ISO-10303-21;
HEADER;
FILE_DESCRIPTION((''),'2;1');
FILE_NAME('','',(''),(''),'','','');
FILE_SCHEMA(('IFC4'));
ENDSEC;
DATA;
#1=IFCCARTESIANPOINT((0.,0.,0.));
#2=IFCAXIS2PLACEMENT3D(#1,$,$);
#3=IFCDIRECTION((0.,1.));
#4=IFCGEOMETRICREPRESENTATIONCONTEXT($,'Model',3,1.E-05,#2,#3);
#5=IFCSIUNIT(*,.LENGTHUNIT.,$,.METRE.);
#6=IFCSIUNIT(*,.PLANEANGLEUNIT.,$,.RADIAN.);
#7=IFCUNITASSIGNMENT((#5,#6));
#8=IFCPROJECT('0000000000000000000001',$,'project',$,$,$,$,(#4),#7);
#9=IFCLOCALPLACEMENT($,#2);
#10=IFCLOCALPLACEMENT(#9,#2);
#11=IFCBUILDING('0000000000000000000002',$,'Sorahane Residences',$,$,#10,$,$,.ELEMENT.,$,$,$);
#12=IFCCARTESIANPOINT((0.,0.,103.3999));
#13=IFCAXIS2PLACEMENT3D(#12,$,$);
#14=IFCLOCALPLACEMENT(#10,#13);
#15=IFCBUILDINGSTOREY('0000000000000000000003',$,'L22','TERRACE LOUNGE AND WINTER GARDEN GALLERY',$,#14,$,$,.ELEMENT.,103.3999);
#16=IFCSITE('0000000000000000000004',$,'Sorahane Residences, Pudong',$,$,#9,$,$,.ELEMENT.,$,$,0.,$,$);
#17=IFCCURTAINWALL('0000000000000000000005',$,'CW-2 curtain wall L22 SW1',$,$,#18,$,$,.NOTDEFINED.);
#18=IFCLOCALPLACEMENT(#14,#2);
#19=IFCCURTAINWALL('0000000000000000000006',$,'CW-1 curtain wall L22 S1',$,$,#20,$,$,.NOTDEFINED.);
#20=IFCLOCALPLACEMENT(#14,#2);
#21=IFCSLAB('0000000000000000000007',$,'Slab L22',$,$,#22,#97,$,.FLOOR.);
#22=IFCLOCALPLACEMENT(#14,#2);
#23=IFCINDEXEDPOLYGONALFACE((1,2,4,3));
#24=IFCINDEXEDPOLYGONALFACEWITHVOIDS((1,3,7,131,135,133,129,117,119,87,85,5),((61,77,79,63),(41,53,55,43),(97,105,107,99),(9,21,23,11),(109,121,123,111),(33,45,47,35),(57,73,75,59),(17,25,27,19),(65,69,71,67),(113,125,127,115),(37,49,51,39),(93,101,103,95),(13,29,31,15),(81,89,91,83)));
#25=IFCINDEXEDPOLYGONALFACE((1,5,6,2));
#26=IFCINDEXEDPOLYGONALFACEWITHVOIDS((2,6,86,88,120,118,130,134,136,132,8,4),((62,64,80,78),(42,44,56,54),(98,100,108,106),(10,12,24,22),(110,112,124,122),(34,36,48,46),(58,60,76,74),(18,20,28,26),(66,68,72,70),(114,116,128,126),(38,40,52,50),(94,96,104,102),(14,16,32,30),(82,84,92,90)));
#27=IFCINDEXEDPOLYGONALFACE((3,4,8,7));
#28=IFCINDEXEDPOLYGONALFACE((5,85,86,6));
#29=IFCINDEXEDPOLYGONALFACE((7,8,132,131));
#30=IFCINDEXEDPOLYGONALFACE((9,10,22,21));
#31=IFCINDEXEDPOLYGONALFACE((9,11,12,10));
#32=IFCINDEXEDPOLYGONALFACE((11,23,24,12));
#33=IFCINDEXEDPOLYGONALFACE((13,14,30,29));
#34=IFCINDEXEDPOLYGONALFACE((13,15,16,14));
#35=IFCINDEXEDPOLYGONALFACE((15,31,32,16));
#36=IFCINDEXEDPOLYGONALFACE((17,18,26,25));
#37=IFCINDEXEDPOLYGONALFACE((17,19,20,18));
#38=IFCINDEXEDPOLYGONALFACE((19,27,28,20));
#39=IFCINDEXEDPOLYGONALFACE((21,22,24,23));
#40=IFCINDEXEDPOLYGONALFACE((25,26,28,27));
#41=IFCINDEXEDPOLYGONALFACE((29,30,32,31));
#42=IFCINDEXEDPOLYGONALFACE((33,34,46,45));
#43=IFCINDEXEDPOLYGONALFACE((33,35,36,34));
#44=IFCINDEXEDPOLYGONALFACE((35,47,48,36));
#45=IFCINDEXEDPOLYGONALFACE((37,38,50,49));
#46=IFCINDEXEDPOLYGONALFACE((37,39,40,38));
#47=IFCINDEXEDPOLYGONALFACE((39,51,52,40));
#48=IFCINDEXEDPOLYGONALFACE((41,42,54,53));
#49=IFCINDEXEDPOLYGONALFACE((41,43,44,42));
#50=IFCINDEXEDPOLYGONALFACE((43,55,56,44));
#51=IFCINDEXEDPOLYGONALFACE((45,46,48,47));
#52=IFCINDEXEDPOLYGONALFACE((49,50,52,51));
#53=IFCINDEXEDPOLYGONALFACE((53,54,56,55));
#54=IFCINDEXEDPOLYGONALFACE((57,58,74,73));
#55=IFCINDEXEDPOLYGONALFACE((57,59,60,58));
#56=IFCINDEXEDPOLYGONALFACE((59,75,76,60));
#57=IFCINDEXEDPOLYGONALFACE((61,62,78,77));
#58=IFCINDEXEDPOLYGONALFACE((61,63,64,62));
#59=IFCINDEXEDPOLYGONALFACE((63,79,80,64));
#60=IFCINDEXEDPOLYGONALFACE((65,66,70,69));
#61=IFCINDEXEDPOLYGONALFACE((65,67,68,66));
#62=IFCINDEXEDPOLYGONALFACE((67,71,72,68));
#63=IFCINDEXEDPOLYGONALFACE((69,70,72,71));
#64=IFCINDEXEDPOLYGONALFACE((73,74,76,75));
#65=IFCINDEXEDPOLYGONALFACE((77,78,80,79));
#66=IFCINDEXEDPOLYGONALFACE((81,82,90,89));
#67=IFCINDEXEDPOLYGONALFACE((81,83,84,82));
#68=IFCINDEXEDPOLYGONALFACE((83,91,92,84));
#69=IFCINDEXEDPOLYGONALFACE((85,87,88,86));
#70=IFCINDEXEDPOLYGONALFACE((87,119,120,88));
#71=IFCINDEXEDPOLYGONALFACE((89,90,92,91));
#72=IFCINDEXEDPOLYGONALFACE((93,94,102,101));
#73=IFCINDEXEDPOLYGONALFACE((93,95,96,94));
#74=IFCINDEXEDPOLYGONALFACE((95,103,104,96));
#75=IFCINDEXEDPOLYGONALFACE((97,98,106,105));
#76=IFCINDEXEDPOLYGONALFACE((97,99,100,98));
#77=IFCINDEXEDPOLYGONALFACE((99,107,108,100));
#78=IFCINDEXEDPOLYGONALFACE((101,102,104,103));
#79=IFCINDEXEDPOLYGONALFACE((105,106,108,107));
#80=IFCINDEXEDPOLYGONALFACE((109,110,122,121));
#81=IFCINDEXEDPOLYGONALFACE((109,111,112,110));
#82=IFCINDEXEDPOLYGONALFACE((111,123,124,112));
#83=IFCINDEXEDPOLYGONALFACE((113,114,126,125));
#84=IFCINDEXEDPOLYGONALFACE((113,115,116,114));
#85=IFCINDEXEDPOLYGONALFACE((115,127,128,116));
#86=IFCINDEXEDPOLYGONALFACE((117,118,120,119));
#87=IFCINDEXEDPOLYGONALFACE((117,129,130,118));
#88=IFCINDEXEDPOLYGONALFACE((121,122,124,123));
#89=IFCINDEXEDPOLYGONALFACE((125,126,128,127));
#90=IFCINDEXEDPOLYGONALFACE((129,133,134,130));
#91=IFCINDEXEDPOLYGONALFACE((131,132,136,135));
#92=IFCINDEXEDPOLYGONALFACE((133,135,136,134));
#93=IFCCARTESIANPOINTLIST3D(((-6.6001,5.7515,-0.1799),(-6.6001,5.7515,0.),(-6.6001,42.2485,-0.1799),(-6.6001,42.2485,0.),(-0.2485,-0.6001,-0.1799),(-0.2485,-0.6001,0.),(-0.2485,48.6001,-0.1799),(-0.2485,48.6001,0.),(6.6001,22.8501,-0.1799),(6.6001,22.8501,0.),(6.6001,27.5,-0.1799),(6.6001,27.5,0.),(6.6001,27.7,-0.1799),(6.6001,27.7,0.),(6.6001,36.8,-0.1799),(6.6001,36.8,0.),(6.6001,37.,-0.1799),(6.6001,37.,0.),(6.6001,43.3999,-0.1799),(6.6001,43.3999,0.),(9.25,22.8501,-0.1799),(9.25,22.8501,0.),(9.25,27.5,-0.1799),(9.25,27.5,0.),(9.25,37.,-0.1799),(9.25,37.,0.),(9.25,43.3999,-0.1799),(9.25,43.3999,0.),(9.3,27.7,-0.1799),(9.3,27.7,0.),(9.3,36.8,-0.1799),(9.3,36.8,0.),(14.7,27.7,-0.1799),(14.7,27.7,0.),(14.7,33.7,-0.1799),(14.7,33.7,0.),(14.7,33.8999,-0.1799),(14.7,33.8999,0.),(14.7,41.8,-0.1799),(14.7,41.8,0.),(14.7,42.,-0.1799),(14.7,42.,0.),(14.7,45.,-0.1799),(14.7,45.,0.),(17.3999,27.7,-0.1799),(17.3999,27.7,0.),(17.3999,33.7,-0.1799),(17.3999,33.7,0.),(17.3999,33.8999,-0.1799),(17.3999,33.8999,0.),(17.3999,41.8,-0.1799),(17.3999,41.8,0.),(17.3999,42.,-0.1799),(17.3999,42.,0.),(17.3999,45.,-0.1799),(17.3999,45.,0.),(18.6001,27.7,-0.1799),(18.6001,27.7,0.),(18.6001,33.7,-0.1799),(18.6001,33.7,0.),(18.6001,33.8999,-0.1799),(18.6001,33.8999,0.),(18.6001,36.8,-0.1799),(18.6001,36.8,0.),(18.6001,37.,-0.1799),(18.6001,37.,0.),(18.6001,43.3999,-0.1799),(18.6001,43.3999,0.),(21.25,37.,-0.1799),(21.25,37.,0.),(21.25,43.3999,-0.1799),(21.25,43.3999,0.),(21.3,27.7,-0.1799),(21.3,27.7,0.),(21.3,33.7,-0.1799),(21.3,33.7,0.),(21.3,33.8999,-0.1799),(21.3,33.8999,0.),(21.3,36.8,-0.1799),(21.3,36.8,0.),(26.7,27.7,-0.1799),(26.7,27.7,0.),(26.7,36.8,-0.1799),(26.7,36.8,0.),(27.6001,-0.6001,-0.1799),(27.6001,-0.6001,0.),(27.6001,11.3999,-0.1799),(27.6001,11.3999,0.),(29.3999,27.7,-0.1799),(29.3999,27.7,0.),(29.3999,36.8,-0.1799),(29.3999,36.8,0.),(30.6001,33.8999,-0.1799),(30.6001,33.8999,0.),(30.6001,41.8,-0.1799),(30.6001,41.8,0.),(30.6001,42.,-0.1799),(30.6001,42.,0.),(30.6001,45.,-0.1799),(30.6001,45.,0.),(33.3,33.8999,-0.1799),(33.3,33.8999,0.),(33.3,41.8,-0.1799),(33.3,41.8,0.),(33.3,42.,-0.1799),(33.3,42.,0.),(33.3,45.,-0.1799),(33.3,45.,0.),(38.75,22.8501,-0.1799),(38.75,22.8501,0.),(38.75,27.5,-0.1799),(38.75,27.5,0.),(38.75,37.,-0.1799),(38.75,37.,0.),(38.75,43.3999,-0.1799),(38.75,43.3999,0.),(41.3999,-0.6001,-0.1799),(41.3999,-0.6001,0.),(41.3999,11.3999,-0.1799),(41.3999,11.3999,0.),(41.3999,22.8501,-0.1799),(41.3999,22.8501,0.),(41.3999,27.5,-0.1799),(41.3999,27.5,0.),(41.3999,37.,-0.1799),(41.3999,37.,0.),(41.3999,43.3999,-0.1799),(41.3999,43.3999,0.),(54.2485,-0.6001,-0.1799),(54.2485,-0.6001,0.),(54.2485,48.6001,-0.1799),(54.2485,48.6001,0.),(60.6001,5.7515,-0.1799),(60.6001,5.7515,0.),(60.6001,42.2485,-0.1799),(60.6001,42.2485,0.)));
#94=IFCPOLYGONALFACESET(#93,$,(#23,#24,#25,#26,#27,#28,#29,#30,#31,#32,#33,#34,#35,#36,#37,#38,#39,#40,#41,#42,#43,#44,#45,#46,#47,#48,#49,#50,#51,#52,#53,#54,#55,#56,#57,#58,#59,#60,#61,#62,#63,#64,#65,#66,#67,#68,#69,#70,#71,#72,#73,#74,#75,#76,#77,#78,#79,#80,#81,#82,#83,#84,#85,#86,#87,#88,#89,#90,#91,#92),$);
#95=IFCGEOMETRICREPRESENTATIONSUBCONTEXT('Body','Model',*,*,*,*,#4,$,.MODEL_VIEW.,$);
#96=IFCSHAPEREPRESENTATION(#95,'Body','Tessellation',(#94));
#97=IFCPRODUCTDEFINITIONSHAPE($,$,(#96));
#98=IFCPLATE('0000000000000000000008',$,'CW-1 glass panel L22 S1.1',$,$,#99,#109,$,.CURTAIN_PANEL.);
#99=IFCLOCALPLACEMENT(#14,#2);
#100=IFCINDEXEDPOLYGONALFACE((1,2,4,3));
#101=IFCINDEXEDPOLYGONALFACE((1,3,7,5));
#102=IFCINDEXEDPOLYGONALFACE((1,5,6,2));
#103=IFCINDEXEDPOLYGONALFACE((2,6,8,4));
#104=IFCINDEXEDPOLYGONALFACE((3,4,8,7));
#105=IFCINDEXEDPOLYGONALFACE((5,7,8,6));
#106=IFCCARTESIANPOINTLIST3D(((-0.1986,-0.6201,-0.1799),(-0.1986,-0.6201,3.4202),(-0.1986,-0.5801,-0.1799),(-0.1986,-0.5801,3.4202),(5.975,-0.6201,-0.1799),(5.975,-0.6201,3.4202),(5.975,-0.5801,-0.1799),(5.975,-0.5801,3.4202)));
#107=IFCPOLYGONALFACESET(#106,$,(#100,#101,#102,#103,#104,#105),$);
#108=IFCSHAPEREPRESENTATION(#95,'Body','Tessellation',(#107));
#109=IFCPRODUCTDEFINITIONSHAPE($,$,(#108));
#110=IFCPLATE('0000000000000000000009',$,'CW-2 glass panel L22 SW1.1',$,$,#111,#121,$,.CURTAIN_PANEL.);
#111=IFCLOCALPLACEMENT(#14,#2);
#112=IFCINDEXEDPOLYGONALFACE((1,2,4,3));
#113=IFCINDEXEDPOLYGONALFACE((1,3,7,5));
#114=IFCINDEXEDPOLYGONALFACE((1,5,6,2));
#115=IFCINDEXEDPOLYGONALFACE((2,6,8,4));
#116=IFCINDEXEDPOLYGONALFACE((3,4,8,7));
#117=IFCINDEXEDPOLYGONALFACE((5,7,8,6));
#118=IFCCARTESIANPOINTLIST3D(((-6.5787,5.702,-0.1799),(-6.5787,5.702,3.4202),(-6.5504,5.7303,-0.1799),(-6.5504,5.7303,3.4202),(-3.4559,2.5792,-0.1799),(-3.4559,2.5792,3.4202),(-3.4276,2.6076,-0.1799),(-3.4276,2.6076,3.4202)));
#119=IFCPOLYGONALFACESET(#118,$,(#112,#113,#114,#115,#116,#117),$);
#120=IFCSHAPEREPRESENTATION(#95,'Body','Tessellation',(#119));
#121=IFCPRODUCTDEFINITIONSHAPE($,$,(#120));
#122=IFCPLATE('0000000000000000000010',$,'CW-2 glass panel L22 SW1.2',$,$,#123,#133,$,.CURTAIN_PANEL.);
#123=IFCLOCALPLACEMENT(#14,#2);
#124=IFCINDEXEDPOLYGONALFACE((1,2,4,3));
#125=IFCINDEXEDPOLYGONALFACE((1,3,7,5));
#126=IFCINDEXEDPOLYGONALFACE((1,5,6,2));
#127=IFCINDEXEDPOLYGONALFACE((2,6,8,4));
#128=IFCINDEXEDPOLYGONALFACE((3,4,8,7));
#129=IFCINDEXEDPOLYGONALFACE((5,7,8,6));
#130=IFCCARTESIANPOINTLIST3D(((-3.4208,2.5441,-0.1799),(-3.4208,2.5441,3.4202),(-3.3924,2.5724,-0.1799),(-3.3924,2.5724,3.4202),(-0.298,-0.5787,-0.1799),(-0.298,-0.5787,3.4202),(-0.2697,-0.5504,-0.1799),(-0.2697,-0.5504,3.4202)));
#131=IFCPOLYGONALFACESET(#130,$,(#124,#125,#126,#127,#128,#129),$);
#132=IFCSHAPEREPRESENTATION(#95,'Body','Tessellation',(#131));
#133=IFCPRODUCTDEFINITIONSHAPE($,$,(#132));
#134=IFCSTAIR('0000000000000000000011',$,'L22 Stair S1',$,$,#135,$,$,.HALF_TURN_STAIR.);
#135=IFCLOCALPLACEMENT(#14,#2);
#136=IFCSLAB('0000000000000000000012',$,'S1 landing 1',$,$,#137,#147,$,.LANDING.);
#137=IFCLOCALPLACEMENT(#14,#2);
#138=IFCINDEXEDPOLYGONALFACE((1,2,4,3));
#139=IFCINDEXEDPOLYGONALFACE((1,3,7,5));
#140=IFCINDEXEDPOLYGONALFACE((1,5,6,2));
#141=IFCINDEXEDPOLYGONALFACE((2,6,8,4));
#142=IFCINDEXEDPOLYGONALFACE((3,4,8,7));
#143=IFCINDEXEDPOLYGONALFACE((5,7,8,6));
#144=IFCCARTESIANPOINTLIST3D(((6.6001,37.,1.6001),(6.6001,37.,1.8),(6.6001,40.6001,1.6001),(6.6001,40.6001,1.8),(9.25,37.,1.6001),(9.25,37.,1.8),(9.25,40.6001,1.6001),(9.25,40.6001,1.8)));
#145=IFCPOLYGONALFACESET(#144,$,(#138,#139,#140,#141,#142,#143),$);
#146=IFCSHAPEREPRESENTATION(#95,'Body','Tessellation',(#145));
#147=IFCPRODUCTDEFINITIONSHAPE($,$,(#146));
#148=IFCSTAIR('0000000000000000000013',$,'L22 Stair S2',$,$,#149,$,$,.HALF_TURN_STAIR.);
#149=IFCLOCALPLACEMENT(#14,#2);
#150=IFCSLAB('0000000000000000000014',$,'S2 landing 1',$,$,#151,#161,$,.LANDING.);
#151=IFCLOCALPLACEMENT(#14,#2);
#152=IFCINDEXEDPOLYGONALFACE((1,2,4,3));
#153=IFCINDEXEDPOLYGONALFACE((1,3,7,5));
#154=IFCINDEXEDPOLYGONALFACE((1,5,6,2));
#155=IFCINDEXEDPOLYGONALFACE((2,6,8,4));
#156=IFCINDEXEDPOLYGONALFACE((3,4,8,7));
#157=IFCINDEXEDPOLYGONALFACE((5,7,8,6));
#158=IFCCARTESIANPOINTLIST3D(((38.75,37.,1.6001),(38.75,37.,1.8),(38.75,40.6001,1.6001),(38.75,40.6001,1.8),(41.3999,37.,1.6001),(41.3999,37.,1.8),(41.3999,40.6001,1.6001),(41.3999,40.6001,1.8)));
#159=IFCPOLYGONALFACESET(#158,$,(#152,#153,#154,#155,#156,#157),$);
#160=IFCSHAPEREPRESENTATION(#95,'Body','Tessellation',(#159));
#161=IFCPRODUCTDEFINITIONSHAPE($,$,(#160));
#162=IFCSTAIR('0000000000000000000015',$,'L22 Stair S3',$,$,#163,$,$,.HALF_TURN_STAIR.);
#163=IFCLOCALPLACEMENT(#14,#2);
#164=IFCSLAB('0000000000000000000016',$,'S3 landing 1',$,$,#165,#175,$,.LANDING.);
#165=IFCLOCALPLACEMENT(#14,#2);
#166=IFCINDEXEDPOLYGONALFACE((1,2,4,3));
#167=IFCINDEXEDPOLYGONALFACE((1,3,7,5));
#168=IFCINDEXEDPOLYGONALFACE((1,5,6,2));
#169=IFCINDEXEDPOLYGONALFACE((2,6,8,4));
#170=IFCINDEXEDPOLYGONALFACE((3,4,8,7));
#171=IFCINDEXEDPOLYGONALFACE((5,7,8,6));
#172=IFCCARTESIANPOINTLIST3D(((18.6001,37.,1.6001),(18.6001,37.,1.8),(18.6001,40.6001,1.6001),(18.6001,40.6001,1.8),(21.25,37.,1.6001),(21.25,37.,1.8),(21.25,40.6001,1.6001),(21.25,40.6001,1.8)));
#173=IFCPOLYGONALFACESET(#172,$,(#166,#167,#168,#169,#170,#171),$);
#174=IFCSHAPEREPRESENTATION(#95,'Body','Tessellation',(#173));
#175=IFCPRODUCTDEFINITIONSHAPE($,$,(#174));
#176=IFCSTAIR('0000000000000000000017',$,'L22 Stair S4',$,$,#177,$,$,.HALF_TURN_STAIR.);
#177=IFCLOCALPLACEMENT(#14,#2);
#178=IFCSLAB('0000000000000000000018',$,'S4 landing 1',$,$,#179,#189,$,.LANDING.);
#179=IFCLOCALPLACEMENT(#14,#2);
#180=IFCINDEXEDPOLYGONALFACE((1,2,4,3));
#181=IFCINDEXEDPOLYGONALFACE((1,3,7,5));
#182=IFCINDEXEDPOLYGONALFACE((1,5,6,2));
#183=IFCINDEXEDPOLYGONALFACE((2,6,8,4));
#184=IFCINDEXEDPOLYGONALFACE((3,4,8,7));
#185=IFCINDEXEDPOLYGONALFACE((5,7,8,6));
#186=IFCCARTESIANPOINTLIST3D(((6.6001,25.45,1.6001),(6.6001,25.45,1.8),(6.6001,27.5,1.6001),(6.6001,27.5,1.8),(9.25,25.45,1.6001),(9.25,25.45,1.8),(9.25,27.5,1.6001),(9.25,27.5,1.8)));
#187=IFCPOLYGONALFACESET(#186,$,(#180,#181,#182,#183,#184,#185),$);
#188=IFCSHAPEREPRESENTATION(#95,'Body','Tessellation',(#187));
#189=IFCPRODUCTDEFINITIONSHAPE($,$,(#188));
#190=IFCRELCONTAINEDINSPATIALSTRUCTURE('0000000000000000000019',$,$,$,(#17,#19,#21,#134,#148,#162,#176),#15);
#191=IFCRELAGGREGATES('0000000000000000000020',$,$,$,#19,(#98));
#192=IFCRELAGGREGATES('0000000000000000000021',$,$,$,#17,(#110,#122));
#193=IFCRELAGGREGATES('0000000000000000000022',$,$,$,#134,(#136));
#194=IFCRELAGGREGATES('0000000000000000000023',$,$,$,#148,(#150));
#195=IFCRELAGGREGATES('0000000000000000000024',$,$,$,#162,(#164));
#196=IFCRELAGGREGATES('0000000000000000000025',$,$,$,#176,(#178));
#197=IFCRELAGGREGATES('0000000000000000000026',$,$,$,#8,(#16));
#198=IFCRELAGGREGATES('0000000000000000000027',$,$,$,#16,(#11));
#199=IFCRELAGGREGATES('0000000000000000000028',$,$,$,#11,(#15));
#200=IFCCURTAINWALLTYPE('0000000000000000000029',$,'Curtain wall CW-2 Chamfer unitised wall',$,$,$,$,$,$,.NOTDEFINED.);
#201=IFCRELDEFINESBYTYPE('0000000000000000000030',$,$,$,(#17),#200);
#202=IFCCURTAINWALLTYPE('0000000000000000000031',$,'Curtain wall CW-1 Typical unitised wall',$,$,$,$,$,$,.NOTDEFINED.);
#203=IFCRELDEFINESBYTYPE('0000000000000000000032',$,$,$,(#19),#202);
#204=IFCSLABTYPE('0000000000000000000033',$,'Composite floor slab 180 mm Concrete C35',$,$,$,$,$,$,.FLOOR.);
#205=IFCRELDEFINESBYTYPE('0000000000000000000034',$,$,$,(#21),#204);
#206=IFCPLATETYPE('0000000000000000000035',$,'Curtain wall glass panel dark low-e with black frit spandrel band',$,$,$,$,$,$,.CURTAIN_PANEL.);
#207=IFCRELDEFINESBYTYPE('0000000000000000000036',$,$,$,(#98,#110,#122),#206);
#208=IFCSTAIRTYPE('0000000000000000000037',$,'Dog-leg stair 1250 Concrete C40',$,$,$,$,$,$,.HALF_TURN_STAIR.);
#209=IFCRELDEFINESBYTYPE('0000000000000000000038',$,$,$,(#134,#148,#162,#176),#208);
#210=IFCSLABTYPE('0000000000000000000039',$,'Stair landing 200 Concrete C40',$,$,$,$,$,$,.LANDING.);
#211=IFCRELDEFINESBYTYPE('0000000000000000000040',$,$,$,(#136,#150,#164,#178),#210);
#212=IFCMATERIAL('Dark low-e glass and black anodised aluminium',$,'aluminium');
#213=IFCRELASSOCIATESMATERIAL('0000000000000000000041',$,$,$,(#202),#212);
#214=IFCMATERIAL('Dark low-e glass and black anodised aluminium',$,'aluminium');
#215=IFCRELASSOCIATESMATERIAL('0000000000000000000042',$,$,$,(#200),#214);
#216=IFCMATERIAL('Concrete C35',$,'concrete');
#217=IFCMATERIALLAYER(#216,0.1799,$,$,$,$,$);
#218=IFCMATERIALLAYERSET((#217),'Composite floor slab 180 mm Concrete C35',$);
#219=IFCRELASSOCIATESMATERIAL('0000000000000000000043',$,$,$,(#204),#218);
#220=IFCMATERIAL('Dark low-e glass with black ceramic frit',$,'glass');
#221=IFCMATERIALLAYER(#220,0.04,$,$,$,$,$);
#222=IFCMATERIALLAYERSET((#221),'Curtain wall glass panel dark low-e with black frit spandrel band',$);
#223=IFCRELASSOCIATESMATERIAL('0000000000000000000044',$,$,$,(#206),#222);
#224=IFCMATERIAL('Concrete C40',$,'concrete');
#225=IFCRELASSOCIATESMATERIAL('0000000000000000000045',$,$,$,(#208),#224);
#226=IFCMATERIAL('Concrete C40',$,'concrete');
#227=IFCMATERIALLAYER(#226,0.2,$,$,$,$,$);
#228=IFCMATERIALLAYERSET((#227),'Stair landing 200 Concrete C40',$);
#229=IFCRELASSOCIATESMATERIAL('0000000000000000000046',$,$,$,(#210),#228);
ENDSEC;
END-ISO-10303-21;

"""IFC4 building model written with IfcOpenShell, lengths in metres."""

from ifc_helpers import new_model, si_unit, direction, frame, origin, origin_2d, place, context, subcontext, project, spatial, polyline, rectangle, outline, extrude, material, layer, layer_set, type_object, element, aggregate, save


model = new_model("IFC4")

# Units and contexts
model_context = context("Model", 3, precision=1e-05, world=origin(), true_north=direction((0.0, 1.0)))
body_context = subcontext(model_context, "Body", "Model", "MODEL_VIEW")
ifc_project = project(units=[si_unit("LENGTHUNIT", "METRE"), si_unit("PLANEANGLEUNIT", "RADIAN")], contexts=[model_context])

# Site, building, storey
site_placement = place(None, origin())
site = spatial("IfcSite", under=ifc_project, at=site_placement, Name="Sorahane Residences, Pudong", CompositionType="ELEMENT", RefElevation=0.0)
building_placement = place(site_placement, origin())
building = spatial("IfcBuilding", under=site, at=building_placement, Name="Sorahane Residences", CompositionType="ELEMENT")
storey_placement = place(building_placement, frame((0.0, 0.0, 103.3999)))
storey = spatial("IfcBuildingStorey", under=building, at=storey_placement, Name="L22", Description="TERRACE LOUNGE AND WINTER GARDEN GALLERY", CompositionType="ELEMENT", Elevation=103.3999)

# Shared definitions
ifc_material_1 = material(Name="Dark low-e glass and black anodised aluminium", Category="aluminium")
curtain_wall_type_1 = type_object("IfcCurtainWallType", Name="Curtain wall CW-1 Typical unitised wall", PredefinedType="NOTDEFINED", material=ifc_material_1)

# Curtain wall
ifc_material_2 = material(Name="Dark low-e glass and black anodised aluminium", Category="aluminium")
curtain_wall_type_2 = type_object("IfcCurtainWallType", Name="Curtain wall CW-2 Chamfer unitised wall", PredefinedType="NOTDEFINED", material=ifc_material_2)
curtain_wall_1_placement = place(storey_placement, origin())
curtain_wall_1 = element("IfcCurtainWall", 1, at=curtain_wall_1_placement, inside=storey, type_object=curtain_wall_type_2, Name="CW-2 curtain wall L22 SW1", PredefinedType="NOTDEFINED")

# Curtain wall
curtain_wall_2_placement = place(storey_placement, origin())
curtain_wall_2 = element("IfcCurtainWall", 2, at=curtain_wall_2_placement, inside=storey, type_object=curtain_wall_type_1, Name="CW-1 curtain wall L22 S1", PredefinedType="NOTDEFINED")

# Slab
ifc_material_3 = material(Name="Concrete C35", Category="concrete")
ifc_layer_1 = layer(ifc_material_3, 0.1799)
ifc_layer_set_1 = layer_set([ifc_layer_1], Name="Composite floor slab 180 mm Concrete C35")
slab_type_1 = type_object("IfcSlabType", Name="Composite floor slab 180 mm Concrete C35", PredefinedType="FLOOR", material=ifc_layer_set_1)
slab_1_placement = place(storey_placement, frame((0.0, 0.0, -0.1799)))
element("IfcSlab", 3, at=slab_1_placement, inside=storey, type_object=slab_type_1, Name="Slab L22", PredefinedType="FLOOR", context=body_context, shape_type="SweptSolid", body=[
    extrude(outline(polyline([(-0.2485, -0.6001), (-6.6001, 5.7515), (-6.6001, 42.2485), (-0.2485, 48.6001), (54.2485, 48.6001), (60.6001, 42.2485), (60.6001, 5.7515), (54.2485, -0.6001), (41.3999, -0.6001), (41.3999, 11.3999), (27.6001, 11.3999), (27.6001, -0.6001), (-0.2485, -0.6001)]), holes=[polyline([(18.6001, 27.7), (21.3, 27.7), (21.3, 33.7), (18.6001, 33.7), (18.6001, 27.7)]), polyline([(30.6001, 42.0), (33.3, 42.0), (33.3, 45.0), (30.6001, 45.0), (30.6001, 42.0)]), polyline([(14.7, 27.7), (17.3999, 27.7), (17.3999, 33.7), (14.7, 33.7), (14.7, 27.7)]), polyline([(14.7, 42.0), (17.3999, 42.0), (17.3999, 45.0), (14.7, 45.0), (14.7, 42.0)]), polyline([(6.6001, 27.7), (9.3, 27.7), (9.3, 36.8), (6.6001, 36.8), (6.6001, 27.7)]), polyline([(6.6001, 43.3999), (6.6001, 37.0), (9.25, 37.0), (9.25, 43.3999), (6.6001, 43.3999)]), polyline([(38.75, 43.3999), (38.75, 37.0), (41.3999, 37.0), (41.3999, 43.3999), (38.75, 43.3999)]), polyline([(18.6001, 43.3999), (18.6001, 37.0), (21.25, 37.0), (21.25, 43.3999), (18.6001, 43.3999)]), polyline([(9.25, 22.8501), (9.25, 27.5), (6.6001, 27.5), (6.6001, 22.8501), (9.25, 22.8501)]), polyline([(41.3999, 22.8501), (41.3999, 27.5), (38.75, 27.5), (38.75, 22.8501), (41.3999, 22.8501)]), polyline([(14.7, 33.8999), (17.3999, 33.8999), (17.3999, 41.8), (14.7, 41.8), (14.7, 33.8999)]), polyline([(30.6001, 33.8999), (33.3, 33.8999), (33.3, 41.8), (30.6001, 41.8), (30.6001, 33.8999)]), polyline([(18.6001, 33.8999), (21.3, 33.8999), (21.3, 36.8), (18.6001, 36.8), (18.6001, 33.8999)]), polyline([(26.7, 27.7), (29.3999, 27.7), (29.3999, 36.8), (26.7, 36.8), (26.7, 27.7)])]), origin(), (0.0, 0.0, 1.0), 0.1799),
])

# Plates
ifc_material_4 = material(Name="Dark low-e glass with black ceramic frit", Category="glass")
ifc_layer_2 = layer(ifc_material_4, 0.04)
ifc_layer_set_2 = layer_set([ifc_layer_2], Name="Curtain wall glass panel dark low-e with black frit spandrel band")
plate_type = type_object("IfcPlateType", Name="Curtain wall glass panel dark low-e with black frit spandrel band", PredefinedType="CURTAIN_PANEL", material=ifc_layer_set_2)
plate_1_placement = place(storey_placement, frame((2.8882, -0.6001, -0.1799), z_axis=(0.0, 0.0, 1.0), x_axis=(1.0, 0.0, 0.0)))
plate_1 = element("IfcPlate", 4, at=plate_1_placement, type_object=plate_type, Name="CW-1 glass panel L22 S1.1", PredefinedType="CURTAIN_PANEL", context=body_context, shape_type="SweptSolid", body=[
    extrude(rectangle(XDim=6.1736, YDim=0.04, at=origin_2d()), origin(), (0.0, 0.0, 1.0), 3.6001),
])
aggregate(curtain_wall_2, [plate_1])
plate_2_placement = place(storey_placement, frame((-5.0032, 4.1548, -0.1799), z_axis=(0.0, 0.0, 1.0), x_axis=(0.707107, -0.707107, 0.0)))
plate_2 = element("IfcPlate", 5, at=plate_2_placement, type_object=plate_type, Name="CW-2 glass panel L22 SW1.1", PredefinedType="CURTAIN_PANEL", context=body_context, shape_type="SweptSolid", body=[
    extrude(rectangle(XDim=4.4163, YDim=0.04, at=origin_2d()), origin(), (0.0, 0.0, 1.0), 3.6001),
])
plate_3_placement = place(storey_placement, frame((-1.8452, 0.9968, -0.1799), z_axis=(0.0, 0.0, 1.0), x_axis=(0.707107, -0.707107, 0.0)))
plate_3 = element("IfcPlate", 6, at=plate_3_placement, type_object=plate_type, Name="CW-2 glass panel L22 SW1.2", PredefinedType="CURTAIN_PANEL", context=body_context, shape_type="SweptSolid", body=[
    extrude(rectangle(XDim=4.4163, YDim=0.04, at=origin_2d()), origin(), (0.0, 0.0, 1.0), 3.6001),
])
aggregate(curtain_wall_1, [plate_2, plate_3])

# Stairs, slabs
ifc_material_5 = material(Name="Concrete C40", Category="concrete")
stair_type = type_object("IfcStairType", Name="Dog-leg stair 1250 Concrete C40", PredefinedType="HALF_TURN_STAIR", material=ifc_material_5)
stair_1_placement = place(storey_placement, origin())
stair_1 = element("IfcStair", 7, at=stair_1_placement, inside=storey, type_object=stair_type, Name="L22 Stair S1", PredefinedType="HALF_TURN_STAIR")
ifc_material_6 = material(Name="Concrete C40", Category="concrete")
ifc_layer_3 = layer(ifc_material_6, 0.2)
ifc_layer_set_3 = layer_set([ifc_layer_3], Name="Stair landing 200 Concrete C40")
slab_type_2 = type_object("IfcSlabType", Name="Stair landing 200 Concrete C40", PredefinedType="LANDING", material=ifc_layer_set_3)
slab_2_placement = place(storey_placement, frame((0.0, 0.0, 1.6001)))
slab_2 = element("IfcSlab", 8, at=slab_2_placement, type_object=slab_type_2, Name="S1 landing 1", PredefinedType="LANDING", context=body_context, shape_type="SweptSolid", body=[
    extrude(outline(polyline([(6.6001, 40.6001), (6.6001, 37.0), (9.25, 37.0), (9.25, 40.6001), (6.6001, 40.6001)])), origin(), (0.0, 0.0, 1.0), 0.2),
])
aggregate(stair_1, [slab_2])
stair_2_placement = place(storey_placement, origin())
stair_2 = element("IfcStair", 9, at=stair_2_placement, inside=storey, type_object=stair_type, Name="L22 Stair S2", PredefinedType="HALF_TURN_STAIR")
slab_3_placement = place(storey_placement, frame((0.0, 0.0, 1.6001)))
slab_3 = element("IfcSlab", 10, at=slab_3_placement, type_object=slab_type_2, Name="S2 landing 1", PredefinedType="LANDING", context=body_context, shape_type="SweptSolid", body=[
    extrude(outline(polyline([(38.75, 40.6001), (38.75, 37.0), (41.3999, 37.0), (41.3999, 40.6001), (38.75, 40.6001)])), origin(), (0.0, 0.0, 1.0), 0.2),
])
aggregate(stair_2, [slab_3])
stair_3_placement = place(storey_placement, origin())
stair_3 = element("IfcStair", 11, at=stair_3_placement, inside=storey, type_object=stair_type, Name="L22 Stair S3", PredefinedType="HALF_TURN_STAIR")
slab_4_placement = place(storey_placement, frame((0.0, 0.0, 1.6001)))
slab_4 = element("IfcSlab", 12, at=slab_4_placement, type_object=slab_type_2, Name="S3 landing 1", PredefinedType="LANDING", context=body_context, shape_type="SweptSolid", body=[
    extrude(outline(polyline([(18.6001, 40.6001), (18.6001, 37.0), (21.25, 37.0), (21.25, 40.6001), (18.6001, 40.6001)])), origin(), (0.0, 0.0, 1.0), 0.2),
])
aggregate(stair_3, [slab_4])
stair_4_placement = place(storey_placement, origin())
stair_4 = element("IfcStair", 13, at=stair_4_placement, inside=storey, type_object=stair_type, Name="L22 Stair S4", PredefinedType="HALF_TURN_STAIR")
slab_5_placement = place(storey_placement, frame((0.0, 0.0, 1.6001)))
slab_5 = element("IfcSlab", 14, at=slab_5_placement, type_object=slab_type_2, Name="S4 landing 1", PredefinedType="LANDING", context=body_context, shape_type="SweptSolid", body=[
    extrude(outline(polyline([(9.25, 25.45), (9.25, 27.5), (6.6001, 27.5), (6.6001, 25.45), (9.25, 25.45)])), origin(), (0.0, 0.0, 1.0), 0.2),
])
aggregate(stair_4, [slab_5])

save(model, "model.ifc")
